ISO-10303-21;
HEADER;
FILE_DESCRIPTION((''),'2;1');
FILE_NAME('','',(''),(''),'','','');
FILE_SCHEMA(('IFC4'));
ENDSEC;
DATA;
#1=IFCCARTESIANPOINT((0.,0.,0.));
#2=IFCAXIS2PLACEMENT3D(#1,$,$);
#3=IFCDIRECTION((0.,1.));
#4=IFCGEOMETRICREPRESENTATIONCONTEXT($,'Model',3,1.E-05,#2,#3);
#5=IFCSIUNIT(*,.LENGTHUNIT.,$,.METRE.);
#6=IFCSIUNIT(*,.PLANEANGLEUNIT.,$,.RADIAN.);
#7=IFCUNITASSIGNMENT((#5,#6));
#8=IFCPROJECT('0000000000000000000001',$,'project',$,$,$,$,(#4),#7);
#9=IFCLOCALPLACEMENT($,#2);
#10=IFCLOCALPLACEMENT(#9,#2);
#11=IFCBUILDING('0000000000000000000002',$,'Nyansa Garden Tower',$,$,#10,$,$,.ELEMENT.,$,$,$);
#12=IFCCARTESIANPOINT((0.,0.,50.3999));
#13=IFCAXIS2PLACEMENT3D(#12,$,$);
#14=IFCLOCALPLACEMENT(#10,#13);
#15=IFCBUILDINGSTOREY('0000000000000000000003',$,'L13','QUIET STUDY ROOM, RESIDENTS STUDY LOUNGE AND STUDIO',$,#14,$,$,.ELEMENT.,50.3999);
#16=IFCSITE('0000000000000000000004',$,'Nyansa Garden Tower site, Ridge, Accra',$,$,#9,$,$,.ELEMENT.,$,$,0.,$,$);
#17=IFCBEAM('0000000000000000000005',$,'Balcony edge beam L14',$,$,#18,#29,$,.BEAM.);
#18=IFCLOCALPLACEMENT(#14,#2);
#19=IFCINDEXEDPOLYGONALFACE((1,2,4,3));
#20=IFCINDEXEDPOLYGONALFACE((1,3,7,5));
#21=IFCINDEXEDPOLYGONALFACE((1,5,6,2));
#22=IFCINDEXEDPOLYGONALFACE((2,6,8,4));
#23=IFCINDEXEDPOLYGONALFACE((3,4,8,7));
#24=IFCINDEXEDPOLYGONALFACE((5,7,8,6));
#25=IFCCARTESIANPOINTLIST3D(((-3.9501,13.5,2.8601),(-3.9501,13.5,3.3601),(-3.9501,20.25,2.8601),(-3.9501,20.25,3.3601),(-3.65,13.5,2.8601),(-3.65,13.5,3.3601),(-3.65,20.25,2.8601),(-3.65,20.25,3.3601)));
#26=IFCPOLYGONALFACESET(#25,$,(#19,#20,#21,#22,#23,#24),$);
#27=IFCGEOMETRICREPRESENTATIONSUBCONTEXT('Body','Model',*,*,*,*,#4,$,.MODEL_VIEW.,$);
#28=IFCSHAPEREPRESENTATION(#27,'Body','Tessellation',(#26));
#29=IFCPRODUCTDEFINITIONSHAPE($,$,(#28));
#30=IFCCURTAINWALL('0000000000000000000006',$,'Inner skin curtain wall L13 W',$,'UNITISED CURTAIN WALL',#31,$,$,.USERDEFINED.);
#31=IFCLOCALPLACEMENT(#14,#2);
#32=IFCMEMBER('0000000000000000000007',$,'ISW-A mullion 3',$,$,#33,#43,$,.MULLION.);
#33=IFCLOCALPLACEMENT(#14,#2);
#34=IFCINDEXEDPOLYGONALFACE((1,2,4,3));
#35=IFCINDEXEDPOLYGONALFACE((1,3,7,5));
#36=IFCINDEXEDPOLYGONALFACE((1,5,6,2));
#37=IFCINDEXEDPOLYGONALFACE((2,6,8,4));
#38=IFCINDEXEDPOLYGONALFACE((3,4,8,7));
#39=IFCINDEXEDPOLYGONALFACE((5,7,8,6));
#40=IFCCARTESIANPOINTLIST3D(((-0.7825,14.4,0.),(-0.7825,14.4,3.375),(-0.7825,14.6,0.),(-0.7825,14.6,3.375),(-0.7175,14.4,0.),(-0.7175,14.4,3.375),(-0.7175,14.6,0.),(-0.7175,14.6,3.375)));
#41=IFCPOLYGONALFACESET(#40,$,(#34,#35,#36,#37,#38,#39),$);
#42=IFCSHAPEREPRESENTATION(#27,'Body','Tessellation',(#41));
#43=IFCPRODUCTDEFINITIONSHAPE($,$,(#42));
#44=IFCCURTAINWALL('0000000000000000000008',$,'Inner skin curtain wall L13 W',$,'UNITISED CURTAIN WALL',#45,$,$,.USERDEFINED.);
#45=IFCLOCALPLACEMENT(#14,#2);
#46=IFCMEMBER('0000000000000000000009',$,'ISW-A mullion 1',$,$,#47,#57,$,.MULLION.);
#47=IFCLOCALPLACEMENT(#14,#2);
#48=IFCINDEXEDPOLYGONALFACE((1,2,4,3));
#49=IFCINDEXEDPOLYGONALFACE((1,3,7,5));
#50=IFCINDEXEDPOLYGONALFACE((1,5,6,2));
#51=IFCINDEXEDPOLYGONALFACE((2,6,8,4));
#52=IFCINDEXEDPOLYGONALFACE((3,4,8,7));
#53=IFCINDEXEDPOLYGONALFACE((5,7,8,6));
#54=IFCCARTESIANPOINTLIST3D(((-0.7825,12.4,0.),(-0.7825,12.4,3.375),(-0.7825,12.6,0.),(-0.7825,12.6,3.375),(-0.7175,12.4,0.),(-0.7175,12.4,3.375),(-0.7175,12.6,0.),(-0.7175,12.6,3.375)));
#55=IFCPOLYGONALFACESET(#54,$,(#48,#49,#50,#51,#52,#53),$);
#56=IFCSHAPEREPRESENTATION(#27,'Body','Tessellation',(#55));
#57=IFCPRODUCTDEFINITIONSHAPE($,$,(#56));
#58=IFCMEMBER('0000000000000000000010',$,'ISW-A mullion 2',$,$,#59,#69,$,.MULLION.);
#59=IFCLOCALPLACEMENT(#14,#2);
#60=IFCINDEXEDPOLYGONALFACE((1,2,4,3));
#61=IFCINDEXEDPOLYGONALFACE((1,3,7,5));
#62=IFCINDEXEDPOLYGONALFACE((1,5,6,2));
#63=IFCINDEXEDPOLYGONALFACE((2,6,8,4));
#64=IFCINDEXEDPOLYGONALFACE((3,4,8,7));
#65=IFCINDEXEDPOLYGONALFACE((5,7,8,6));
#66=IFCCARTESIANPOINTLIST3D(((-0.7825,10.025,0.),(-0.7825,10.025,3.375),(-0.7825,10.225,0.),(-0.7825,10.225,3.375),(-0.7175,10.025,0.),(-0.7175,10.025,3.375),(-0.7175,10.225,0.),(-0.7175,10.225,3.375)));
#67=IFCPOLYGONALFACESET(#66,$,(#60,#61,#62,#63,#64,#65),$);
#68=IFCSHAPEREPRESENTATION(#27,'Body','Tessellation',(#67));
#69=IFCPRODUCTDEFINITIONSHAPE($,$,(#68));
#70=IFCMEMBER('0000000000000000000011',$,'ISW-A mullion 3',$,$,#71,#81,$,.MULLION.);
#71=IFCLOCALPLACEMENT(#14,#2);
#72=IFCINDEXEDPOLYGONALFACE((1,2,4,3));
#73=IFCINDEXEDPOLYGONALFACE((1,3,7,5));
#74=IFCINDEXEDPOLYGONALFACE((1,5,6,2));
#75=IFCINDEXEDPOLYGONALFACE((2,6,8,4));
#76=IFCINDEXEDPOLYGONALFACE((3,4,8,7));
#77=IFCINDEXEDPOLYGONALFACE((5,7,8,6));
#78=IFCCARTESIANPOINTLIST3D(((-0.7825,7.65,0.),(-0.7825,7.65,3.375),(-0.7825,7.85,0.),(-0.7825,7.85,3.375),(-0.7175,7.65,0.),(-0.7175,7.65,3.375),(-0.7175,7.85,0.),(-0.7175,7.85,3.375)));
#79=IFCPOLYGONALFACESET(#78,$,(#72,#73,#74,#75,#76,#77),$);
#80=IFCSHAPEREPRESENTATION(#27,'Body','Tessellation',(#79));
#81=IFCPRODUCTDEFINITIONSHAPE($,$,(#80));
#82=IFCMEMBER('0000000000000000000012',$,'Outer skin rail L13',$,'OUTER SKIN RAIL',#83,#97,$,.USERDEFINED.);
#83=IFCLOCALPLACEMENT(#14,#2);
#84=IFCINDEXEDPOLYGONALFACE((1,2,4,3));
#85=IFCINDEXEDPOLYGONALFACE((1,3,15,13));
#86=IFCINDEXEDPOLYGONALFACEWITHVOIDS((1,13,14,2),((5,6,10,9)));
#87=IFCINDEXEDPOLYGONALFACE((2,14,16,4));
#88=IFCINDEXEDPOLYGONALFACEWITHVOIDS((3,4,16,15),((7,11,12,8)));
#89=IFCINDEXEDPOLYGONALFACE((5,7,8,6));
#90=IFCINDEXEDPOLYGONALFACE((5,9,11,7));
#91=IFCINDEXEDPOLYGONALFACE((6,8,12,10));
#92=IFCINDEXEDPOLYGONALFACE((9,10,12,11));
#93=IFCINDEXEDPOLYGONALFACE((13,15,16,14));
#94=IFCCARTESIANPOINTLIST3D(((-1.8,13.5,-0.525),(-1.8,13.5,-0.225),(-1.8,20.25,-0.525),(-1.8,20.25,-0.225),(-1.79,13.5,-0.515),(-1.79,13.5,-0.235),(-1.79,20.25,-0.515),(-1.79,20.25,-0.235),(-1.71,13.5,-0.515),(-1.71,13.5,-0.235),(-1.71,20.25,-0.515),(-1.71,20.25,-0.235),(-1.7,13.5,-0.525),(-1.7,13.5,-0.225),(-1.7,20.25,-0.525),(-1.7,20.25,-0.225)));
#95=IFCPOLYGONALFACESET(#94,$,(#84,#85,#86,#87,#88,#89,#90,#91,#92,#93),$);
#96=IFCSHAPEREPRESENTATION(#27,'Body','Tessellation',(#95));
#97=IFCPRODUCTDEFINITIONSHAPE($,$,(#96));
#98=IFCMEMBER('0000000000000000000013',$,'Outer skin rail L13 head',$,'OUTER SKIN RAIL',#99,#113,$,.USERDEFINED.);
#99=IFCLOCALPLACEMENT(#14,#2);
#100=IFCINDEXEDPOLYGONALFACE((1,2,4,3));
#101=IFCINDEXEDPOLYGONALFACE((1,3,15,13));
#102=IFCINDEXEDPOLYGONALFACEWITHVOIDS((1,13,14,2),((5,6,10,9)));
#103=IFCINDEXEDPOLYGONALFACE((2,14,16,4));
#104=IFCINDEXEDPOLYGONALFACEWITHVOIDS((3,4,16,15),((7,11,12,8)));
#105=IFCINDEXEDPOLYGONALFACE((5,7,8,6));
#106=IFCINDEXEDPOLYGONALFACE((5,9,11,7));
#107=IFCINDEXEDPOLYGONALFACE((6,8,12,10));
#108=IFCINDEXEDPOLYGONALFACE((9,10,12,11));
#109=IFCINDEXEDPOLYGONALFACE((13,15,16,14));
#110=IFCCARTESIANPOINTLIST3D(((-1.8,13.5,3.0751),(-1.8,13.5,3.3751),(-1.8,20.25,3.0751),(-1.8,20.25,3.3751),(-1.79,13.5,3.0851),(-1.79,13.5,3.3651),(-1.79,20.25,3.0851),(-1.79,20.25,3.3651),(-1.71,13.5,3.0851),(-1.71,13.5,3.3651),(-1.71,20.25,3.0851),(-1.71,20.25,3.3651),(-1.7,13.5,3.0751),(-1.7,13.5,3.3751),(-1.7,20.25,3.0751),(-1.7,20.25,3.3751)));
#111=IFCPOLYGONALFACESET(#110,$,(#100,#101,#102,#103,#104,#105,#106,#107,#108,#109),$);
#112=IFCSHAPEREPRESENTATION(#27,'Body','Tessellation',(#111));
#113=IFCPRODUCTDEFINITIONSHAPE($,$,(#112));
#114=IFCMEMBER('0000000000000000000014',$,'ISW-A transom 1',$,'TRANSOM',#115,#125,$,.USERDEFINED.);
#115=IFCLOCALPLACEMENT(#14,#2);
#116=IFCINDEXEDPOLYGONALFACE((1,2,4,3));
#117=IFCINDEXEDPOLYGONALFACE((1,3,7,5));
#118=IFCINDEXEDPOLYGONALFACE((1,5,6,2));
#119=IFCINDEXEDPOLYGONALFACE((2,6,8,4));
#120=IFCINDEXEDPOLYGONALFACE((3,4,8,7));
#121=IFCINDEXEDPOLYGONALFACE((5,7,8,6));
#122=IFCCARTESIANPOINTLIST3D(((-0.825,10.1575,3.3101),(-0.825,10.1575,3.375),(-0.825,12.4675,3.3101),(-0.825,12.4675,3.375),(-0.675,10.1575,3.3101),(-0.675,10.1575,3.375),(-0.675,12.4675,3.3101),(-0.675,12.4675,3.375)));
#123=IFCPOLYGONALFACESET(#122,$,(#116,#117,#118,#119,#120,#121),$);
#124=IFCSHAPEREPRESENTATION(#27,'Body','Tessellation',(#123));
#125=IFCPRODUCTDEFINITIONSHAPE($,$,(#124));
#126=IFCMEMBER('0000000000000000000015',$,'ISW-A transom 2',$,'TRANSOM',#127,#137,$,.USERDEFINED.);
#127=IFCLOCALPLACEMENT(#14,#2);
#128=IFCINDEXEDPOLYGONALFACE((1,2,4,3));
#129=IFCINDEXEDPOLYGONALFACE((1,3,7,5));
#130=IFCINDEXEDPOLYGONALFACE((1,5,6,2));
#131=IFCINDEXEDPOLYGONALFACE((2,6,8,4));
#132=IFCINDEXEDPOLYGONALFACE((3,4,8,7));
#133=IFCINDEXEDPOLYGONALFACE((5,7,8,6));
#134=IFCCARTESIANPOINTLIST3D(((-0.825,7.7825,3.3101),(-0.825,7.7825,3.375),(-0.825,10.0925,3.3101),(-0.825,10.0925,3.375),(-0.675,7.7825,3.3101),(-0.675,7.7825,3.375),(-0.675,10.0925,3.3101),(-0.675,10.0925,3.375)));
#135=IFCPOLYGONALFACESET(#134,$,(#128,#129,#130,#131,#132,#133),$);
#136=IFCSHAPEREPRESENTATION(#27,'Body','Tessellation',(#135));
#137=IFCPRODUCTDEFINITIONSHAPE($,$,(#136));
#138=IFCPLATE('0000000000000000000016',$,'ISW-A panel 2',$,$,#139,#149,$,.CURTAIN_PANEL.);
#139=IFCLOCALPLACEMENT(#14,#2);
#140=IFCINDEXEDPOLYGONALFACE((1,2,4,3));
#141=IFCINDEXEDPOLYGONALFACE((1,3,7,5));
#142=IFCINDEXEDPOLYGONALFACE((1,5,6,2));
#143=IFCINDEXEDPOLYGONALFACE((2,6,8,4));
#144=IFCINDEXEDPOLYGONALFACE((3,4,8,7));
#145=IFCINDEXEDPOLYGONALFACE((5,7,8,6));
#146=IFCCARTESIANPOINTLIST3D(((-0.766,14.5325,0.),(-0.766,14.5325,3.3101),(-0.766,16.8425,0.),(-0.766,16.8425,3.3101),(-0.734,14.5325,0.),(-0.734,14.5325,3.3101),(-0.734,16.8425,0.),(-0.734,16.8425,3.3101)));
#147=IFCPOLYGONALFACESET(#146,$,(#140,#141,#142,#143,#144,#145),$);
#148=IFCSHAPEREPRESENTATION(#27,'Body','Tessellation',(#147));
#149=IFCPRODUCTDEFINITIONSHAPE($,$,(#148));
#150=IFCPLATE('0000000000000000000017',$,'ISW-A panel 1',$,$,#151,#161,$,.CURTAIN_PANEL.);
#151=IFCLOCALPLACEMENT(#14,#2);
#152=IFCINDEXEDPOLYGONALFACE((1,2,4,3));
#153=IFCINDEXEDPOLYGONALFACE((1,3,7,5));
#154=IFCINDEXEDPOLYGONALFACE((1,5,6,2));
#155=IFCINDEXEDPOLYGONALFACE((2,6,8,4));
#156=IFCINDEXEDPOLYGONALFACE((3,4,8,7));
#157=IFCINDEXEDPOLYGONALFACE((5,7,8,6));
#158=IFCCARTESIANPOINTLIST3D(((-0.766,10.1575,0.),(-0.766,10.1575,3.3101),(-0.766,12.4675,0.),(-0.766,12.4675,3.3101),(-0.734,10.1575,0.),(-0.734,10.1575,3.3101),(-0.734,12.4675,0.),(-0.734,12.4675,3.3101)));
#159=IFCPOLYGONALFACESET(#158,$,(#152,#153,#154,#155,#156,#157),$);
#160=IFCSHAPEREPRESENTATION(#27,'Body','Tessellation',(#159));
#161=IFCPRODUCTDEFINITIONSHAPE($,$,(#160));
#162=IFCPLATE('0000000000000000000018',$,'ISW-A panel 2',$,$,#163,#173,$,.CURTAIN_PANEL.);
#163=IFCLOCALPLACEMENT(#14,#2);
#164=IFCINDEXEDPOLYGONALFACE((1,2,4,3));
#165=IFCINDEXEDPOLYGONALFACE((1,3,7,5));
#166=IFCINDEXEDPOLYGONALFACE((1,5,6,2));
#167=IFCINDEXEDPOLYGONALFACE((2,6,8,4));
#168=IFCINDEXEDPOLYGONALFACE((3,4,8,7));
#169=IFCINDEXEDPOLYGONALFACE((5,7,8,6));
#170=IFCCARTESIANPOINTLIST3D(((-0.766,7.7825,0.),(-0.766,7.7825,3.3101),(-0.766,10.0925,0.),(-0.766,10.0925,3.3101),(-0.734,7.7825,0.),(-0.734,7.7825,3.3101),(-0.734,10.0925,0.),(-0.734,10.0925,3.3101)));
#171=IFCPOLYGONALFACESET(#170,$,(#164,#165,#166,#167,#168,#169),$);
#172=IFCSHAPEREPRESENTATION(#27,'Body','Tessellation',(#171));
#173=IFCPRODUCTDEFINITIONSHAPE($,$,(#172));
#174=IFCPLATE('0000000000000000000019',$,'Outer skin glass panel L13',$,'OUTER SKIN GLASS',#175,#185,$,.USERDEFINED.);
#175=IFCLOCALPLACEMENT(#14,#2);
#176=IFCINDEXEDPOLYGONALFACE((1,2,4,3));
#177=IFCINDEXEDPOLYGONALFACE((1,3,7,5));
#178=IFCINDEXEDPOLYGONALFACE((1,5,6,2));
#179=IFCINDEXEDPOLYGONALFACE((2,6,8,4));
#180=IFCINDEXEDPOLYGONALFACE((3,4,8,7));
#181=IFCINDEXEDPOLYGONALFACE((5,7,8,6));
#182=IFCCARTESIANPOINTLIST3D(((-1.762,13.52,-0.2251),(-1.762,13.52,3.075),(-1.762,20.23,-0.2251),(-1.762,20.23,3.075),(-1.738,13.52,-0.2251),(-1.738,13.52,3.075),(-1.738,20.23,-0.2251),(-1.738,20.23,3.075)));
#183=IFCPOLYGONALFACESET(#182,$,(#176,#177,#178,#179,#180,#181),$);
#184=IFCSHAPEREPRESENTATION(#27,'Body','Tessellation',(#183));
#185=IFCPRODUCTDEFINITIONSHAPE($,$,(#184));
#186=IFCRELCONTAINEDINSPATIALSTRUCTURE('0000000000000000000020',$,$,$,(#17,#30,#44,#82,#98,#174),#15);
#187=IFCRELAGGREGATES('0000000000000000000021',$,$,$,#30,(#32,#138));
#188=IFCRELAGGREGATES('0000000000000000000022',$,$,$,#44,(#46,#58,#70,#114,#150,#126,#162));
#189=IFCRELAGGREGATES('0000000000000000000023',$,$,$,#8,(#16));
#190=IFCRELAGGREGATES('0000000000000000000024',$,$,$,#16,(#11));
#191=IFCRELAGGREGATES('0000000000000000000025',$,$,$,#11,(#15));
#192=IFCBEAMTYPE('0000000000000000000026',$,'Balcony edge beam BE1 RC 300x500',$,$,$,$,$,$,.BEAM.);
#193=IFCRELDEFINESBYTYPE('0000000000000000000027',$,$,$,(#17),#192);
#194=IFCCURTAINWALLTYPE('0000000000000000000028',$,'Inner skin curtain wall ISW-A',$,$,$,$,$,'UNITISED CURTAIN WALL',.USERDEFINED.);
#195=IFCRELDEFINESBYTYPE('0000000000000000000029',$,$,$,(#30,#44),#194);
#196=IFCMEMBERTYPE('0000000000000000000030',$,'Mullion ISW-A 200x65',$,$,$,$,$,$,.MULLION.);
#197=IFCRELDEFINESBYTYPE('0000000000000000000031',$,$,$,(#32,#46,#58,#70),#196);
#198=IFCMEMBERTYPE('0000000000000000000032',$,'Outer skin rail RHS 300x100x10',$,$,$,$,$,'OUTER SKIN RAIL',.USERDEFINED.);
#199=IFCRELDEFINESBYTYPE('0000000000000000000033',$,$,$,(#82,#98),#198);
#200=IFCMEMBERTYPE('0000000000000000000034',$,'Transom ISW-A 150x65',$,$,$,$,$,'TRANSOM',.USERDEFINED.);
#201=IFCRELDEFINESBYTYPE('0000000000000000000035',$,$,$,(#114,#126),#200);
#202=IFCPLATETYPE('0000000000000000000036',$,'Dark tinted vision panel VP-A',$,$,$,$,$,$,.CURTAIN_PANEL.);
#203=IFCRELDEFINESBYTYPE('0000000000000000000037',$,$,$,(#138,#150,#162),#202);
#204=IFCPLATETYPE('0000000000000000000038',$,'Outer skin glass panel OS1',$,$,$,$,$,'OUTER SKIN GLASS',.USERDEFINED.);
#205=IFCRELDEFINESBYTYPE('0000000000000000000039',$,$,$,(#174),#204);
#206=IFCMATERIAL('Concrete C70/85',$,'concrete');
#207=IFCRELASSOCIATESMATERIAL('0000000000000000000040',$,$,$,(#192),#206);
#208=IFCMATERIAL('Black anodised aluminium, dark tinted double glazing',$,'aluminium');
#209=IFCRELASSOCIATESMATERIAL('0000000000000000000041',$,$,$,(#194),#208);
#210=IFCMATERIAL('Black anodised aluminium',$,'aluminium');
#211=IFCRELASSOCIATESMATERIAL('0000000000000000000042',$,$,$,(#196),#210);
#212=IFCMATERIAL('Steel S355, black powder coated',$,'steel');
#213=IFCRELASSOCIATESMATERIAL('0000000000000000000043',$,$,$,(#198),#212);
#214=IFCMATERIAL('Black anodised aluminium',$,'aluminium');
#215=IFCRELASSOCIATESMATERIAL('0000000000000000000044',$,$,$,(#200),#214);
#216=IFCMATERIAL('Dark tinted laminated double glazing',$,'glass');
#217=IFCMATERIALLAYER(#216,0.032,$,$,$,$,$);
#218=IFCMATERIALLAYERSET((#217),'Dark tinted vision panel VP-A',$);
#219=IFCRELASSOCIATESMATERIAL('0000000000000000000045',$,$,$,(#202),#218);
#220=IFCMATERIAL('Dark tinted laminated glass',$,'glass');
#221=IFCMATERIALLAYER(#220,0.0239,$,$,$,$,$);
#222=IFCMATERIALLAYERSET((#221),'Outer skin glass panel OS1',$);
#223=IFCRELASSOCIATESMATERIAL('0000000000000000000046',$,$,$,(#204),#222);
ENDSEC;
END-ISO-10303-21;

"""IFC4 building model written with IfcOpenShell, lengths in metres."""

from ifc_helpers import new_model, si_unit, direction, frame, origin, origin_2d, place, context, subcontext, project, spatial, rectangle, hollow_rectangle, extrude, material, layer, layer_set, material_profile, profile_set, type_object, element, aggregate, save


model = new_model("IFC4")

# Units and contexts
model_context = context("Model", 3, precision=1e-05, world=origin(), true_north=direction((0.0, 1.0)))
body_context = subcontext(model_context, "Body", "Model", "MODEL_VIEW")
ifc_project = project(units=[si_unit("LENGTHUNIT", "METRE"), si_unit("PLANEANGLEUNIT", "RADIAN")], contexts=[model_context])

# Site, building, storey
site_placement = place(None, origin())
site = spatial("IfcSite", under=ifc_project, at=site_placement, Name="Nyansa Garden Tower site, Ridge, Accra", CompositionType="ELEMENT", RefElevation=0.0)
building_placement = place(site_placement, origin())
building = spatial("IfcBuilding", under=site, at=building_placement, Name="Nyansa Garden Tower", CompositionType="ELEMENT")
storey_placement = place(building_placement, frame((0.0, 0.0, 50.3999)))
storey = spatial("IfcBuildingStorey", under=building, at=storey_placement, Name="L13", Description="QUIET STUDY ROOM, RESIDENTS STUDY LOUNGE AND STUDIO", CompositionType="ELEMENT", Elevation=50.3999)

# Beam
ifc_material_1 = material(Name="Concrete C70/85", Category="concrete")
ifc_material_profile_1 = material_profile(ifc_material_1, rectangle(XDim=0.3, YDim=0.5, at=origin_2d()), Name="RC 300x500")
ifc_profile_set_1 = profile_set([ifc_material_profile_1], Name="Concrete C70/85")
beam_type = type_object("IfcBeamType", Name="Balcony edge beam BE1 RC 300x500", PredefinedType="BEAM", material=ifc_profile_set_1)
beam_placement = place(storey_placement, frame((-3.8, 13.5, 3.1101), z_axis=(0.0, 1.0, 0.0), x_axis=(-1.0, 0.0, 0.0)))
element("IfcBeam", 1, at=beam_placement, inside=storey, type_object=beam_type, Name="Balcony edge beam L14", PredefinedType="BEAM", context=body_context, shape_type="SweptSolid", body=[
    extrude(rectangle(XDim=0.3, YDim=0.5, at=origin_2d()), origin(), (0.0, 0.0, 1.0), 6.75),
])

# Curtain wall, member
ifc_material_2 = material(Name="Black anodised aluminium, dark tinted double glazing", Category="aluminium")
curtain_wall_type = type_object("IfcCurtainWallType", Name="Inner skin curtain wall ISW-A", ElementType="UNITISED CURTAIN WALL", PredefinedType="USERDEFINED", material=ifc_material_2)
curtain_wall_1_placement = place(storey_placement, origin())
curtain_wall_1 = element("IfcCurtainWall", 2, at=curtain_wall_1_placement, inside=storey, type_object=curtain_wall_type, Name="Inner skin curtain wall L13 W", ObjectType="UNITISED CURTAIN WALL", PredefinedType="USERDEFINED")
ifc_material_3 = material(Name="Black anodised aluminium", Category="aluminium")
ifc_material_profile_2 = material_profile(ifc_material_3, rectangle(XDim=0.0649, YDim=0.2, at=origin_2d()), Name="Mullion 200x65")
ifc_profile_set_2 = profile_set([ifc_material_profile_2], Name="Black anodised aluminium")
member_type_1 = type_object("IfcMemberType", Name="Mullion ISW-A 200x65", PredefinedType="MULLION", material=ifc_profile_set_2)
member_1_placement = place(storey_placement, frame((-0.75, 14.5, 0.0), z_axis=(0.0, 0.0, 1.0), x_axis=(1.0, 0.0, 0.0)))
member_1 = element("IfcMember", 3, at=member_1_placement, type_object=member_type_1, Name="ISW-A mullion 3", PredefinedType="MULLION", context=body_context, shape_type="SweptSolid", body=[
    extrude(rectangle(XDim=0.0649, YDim=0.2, at=origin_2d()), origin(), (0.0, 0.0, 1.0), 3.375),
])

# Curtain wall, members
curtain_wall_2_placement = place(storey_placement, origin())
curtain_wall_2 = element("IfcCurtainWall", 4, at=curtain_wall_2_placement, inside=storey, type_object=curtain_wall_type, Name="Inner skin curtain wall L13 W", ObjectType="UNITISED CURTAIN WALL", PredefinedType="USERDEFINED")
member_2_placement = place(storey_placement, frame((-0.75, 12.5, 0.0), z_axis=(0.0, 0.0, 1.0), x_axis=(1.0, 0.0, 0.0)))
member_2 = element("IfcMember", 5, at=member_2_placement, type_object=member_type_1, Name="ISW-A mullion 1", PredefinedType="MULLION", context=body_context, shape_type="SweptSolid", body=[
    extrude(rectangle(XDim=0.0649, YDim=0.2, at=origin_2d()), origin(), (0.0, 0.0, 1.0), 3.375),
])
member_3_placement = place(storey_placement, frame((-0.75, 10.125, 0.0), z_axis=(0.0, 0.0, 1.0), x_axis=(1.0, 0.0, 0.0)))
member_3 = element("IfcMember", 6, at=member_3_placement, type_object=member_type_1, Name="ISW-A mullion 2", PredefinedType="MULLION", context=body_context, shape_type="SweptSolid", body=[
    extrude(rectangle(XDim=0.0649, YDim=0.2, at=origin_2d()), origin(), (0.0, 0.0, 1.0), 3.375),
])
member_4_placement = place(storey_placement, frame((-0.75, 7.75, 0.0), z_axis=(0.0, 0.0, 1.0), x_axis=(1.0, 0.0, 0.0)))
member_4 = element("IfcMember", 7, at=member_4_placement, type_object=member_type_1, Name="ISW-A mullion 3", PredefinedType="MULLION", context=body_context, shape_type="SweptSolid", body=[
    extrude(rectangle(XDim=0.0649, YDim=0.2, at=origin_2d()), origin(), (0.0, 0.0, 1.0), 3.375),
])

# Members
ifc_material_4 = material(Name="Steel S355, black powder coated", Category="steel")
ifc_material_profile_3 = material_profile(ifc_material_4, hollow_rectangle(XDim=0.1001, YDim=0.3, WallThickness=0.01, at=origin_2d()), Name="RHS 300x100x10")
ifc_profile_set_3 = profile_set([ifc_material_profile_3], Name="Steel S355, black powder coated")
member_type_2 = type_object("IfcMemberType", Name="Outer skin rail RHS 300x100x10", ElementType="OUTER SKIN RAIL", PredefinedType="USERDEFINED", material=ifc_profile_set_3)
for number, where, z_axis, x_axis, name in (
    (8, (-1.75, 13.5, -0.375), (0.0, 1.0, 0.0), (-1.0, 0.0, 0.0), "Outer skin rail L13"),
    (9, (-1.75, 13.5, 3.2251), (0.0, 1.0, 0.0), (-1.0, 0.0, 0.0), "Outer skin rail L13 head"),
):
    element("IfcMember", number, at=place(storey_placement, frame(where, z_axis=z_axis, x_axis=x_axis)), inside=storey, type_object=member_type_2, Name=name, ObjectType="OUTER SKIN RAIL", PredefinedType="USERDEFINED", context=body_context, shape_type="SweptSolid", body=[
        extrude(hollow_rectangle(XDim=0.1001, YDim=0.3, WallThickness=0.01, at=origin_2d()), origin(), (0.0, 0.0, 1.0), 6.75),
    ])

# Members
ifc_material_5 = material(Name="Black anodised aluminium", Category="aluminium")
ifc_material_profile_4 = material_profile(ifc_material_5, rectangle(XDim=0.1499, YDim=0.0649, at=origin_2d()), Name="Transom 150x65")
ifc_profile_set_4 = profile_set([ifc_material_profile_4], Name="Black anodised aluminium")
member_type_3 = type_object("IfcMemberType", Name="Transom ISW-A 150x65", ElementType="TRANSOM", PredefinedType="USERDEFINED", material=ifc_profile_set_4)
member_5_placement = place(storey_placement, frame((-0.75, 12.4675, 3.3425), z_axis=(0.0, -1.0, 0.0), x_axis=(1.0, 0.0, 0.0)))
member_5 = element("IfcMember", 10, at=member_5_placement, type_object=member_type_3, Name="ISW-A transom 1", ObjectType="TRANSOM", PredefinedType="USERDEFINED", context=body_context, shape_type="SweptSolid", body=[
    extrude(rectangle(XDim=0.1499, YDim=0.0649, at=origin_2d()), origin(), (0.0, 0.0, 1.0), 2.3101),
])
member_6_placement = place(storey_placement, frame((-0.75, 10.0925, 3.3425), z_axis=(0.0, -1.0, 0.0), x_axis=(1.0, 0.0, 0.0)))
member_6 = element("IfcMember", 11, at=member_6_placement, type_object=member_type_3, Name="ISW-A transom 2", ObjectType="TRANSOM", PredefinedType="USERDEFINED", context=body_context, shape_type="SweptSolid", body=[
    extrude(rectangle(XDim=0.1499, YDim=0.0649, at=origin_2d()), origin(), (0.0, 0.0, 1.0), 2.3101),
])

# Plates
ifc_material_6 = material(Name="Dark tinted laminated double glazing", Category="glass")
ifc_layer_1 = layer(ifc_material_6, 0.032)
ifc_layer_set_1 = layer_set([ifc_layer_1], Name="Dark tinted vision panel VP-A")
plate_type_1 = type_object("IfcPlateType", Name="Dark tinted vision panel VP-A", PredefinedType="CURTAIN_PANEL", material=ifc_layer_set_1)
plate_1_placement = place(storey_placement, frame((-0.75, 15.6875, 0.0), z_axis=(0.0, 0.0, 1.0), x_axis=(0.0, -1.0, 0.0)))
plate_1 = element("IfcPlate", 12, at=plate_1_placement, type_object=plate_type_1, Name="ISW-A panel 2", PredefinedType="CURTAIN_PANEL", context=body_context, shape_type="SweptSolid", body=[
    extrude(rectangle(XDim=2.3101, YDim=0.032, at=origin_2d()), origin(), (0.0, 0.0, 1.0), 3.3101),
])
aggregate(curtain_wall_1, [member_1, plate_1])
plate_2_placement = place(storey_placement, frame((-0.75, 11.3125, 0.0), z_axis=(0.0, 0.0, 1.0), x_axis=(0.0, -1.0, 0.0)))
plate_2 = element("IfcPlate", 13, at=plate_2_placement, type_object=plate_type_1, Name="ISW-A panel 1", PredefinedType="CURTAIN_PANEL", context=body_context, shape_type="SweptSolid", body=[
    extrude(rectangle(XDim=2.3101, YDim=0.032, at=origin_2d()), origin(), (0.0, 0.0, 1.0), 3.3101),
])
plate_3_placement = place(storey_placement, frame((-0.75, 8.9375, 0.0), z_axis=(0.0, 0.0, 1.0), x_axis=(0.0, -1.0, 0.0)))
plate_3 = element("IfcPlate", 14, at=plate_3_placement, type_object=plate_type_1, Name="ISW-A panel 2", PredefinedType="CURTAIN_PANEL", context=body_context, shape_type="SweptSolid", body=[
    extrude(rectangle(XDim=2.3101, YDim=0.032, at=origin_2d()), origin(), (0.0, 0.0, 1.0), 3.3101),
])
aggregate(curtain_wall_2, [member_2, member_3, member_4, member_5, plate_2, member_6, plate_3])
ifc_material_7 = material(Name="Dark tinted laminated glass", Category="glass")
ifc_layer_2 = layer(ifc_material_7, 0.0239)
ifc_layer_set_2 = layer_set([ifc_layer_2], Name="Outer skin glass panel OS1")
plate_type_2 = type_object("IfcPlateType", Name="Outer skin glass panel OS1", ElementType="OUTER SKIN GLASS", PredefinedType="USERDEFINED", material=ifc_layer_set_2)
plate_4_placement = place(storey_placement, frame((-1.75, 16.875, -0.2251), z_axis=(0.0, 0.0, 1.0), x_axis=(0.0, 1.0, 0.0)))
element("IfcPlate", 15, at=plate_4_placement, inside=storey, type_object=plate_type_2, Name="Outer skin glass panel L13", ObjectType="OUTER SKIN GLASS", PredefinedType="USERDEFINED", context=body_context, shape_type="SweptSolid", body=[
    extrude(rectangle(XDim=6.71, YDim=0.0239, at=origin_2d()), origin(), (0.0, 0.0, 1.0), 3.3),
])

save(model, "model.ifc")
